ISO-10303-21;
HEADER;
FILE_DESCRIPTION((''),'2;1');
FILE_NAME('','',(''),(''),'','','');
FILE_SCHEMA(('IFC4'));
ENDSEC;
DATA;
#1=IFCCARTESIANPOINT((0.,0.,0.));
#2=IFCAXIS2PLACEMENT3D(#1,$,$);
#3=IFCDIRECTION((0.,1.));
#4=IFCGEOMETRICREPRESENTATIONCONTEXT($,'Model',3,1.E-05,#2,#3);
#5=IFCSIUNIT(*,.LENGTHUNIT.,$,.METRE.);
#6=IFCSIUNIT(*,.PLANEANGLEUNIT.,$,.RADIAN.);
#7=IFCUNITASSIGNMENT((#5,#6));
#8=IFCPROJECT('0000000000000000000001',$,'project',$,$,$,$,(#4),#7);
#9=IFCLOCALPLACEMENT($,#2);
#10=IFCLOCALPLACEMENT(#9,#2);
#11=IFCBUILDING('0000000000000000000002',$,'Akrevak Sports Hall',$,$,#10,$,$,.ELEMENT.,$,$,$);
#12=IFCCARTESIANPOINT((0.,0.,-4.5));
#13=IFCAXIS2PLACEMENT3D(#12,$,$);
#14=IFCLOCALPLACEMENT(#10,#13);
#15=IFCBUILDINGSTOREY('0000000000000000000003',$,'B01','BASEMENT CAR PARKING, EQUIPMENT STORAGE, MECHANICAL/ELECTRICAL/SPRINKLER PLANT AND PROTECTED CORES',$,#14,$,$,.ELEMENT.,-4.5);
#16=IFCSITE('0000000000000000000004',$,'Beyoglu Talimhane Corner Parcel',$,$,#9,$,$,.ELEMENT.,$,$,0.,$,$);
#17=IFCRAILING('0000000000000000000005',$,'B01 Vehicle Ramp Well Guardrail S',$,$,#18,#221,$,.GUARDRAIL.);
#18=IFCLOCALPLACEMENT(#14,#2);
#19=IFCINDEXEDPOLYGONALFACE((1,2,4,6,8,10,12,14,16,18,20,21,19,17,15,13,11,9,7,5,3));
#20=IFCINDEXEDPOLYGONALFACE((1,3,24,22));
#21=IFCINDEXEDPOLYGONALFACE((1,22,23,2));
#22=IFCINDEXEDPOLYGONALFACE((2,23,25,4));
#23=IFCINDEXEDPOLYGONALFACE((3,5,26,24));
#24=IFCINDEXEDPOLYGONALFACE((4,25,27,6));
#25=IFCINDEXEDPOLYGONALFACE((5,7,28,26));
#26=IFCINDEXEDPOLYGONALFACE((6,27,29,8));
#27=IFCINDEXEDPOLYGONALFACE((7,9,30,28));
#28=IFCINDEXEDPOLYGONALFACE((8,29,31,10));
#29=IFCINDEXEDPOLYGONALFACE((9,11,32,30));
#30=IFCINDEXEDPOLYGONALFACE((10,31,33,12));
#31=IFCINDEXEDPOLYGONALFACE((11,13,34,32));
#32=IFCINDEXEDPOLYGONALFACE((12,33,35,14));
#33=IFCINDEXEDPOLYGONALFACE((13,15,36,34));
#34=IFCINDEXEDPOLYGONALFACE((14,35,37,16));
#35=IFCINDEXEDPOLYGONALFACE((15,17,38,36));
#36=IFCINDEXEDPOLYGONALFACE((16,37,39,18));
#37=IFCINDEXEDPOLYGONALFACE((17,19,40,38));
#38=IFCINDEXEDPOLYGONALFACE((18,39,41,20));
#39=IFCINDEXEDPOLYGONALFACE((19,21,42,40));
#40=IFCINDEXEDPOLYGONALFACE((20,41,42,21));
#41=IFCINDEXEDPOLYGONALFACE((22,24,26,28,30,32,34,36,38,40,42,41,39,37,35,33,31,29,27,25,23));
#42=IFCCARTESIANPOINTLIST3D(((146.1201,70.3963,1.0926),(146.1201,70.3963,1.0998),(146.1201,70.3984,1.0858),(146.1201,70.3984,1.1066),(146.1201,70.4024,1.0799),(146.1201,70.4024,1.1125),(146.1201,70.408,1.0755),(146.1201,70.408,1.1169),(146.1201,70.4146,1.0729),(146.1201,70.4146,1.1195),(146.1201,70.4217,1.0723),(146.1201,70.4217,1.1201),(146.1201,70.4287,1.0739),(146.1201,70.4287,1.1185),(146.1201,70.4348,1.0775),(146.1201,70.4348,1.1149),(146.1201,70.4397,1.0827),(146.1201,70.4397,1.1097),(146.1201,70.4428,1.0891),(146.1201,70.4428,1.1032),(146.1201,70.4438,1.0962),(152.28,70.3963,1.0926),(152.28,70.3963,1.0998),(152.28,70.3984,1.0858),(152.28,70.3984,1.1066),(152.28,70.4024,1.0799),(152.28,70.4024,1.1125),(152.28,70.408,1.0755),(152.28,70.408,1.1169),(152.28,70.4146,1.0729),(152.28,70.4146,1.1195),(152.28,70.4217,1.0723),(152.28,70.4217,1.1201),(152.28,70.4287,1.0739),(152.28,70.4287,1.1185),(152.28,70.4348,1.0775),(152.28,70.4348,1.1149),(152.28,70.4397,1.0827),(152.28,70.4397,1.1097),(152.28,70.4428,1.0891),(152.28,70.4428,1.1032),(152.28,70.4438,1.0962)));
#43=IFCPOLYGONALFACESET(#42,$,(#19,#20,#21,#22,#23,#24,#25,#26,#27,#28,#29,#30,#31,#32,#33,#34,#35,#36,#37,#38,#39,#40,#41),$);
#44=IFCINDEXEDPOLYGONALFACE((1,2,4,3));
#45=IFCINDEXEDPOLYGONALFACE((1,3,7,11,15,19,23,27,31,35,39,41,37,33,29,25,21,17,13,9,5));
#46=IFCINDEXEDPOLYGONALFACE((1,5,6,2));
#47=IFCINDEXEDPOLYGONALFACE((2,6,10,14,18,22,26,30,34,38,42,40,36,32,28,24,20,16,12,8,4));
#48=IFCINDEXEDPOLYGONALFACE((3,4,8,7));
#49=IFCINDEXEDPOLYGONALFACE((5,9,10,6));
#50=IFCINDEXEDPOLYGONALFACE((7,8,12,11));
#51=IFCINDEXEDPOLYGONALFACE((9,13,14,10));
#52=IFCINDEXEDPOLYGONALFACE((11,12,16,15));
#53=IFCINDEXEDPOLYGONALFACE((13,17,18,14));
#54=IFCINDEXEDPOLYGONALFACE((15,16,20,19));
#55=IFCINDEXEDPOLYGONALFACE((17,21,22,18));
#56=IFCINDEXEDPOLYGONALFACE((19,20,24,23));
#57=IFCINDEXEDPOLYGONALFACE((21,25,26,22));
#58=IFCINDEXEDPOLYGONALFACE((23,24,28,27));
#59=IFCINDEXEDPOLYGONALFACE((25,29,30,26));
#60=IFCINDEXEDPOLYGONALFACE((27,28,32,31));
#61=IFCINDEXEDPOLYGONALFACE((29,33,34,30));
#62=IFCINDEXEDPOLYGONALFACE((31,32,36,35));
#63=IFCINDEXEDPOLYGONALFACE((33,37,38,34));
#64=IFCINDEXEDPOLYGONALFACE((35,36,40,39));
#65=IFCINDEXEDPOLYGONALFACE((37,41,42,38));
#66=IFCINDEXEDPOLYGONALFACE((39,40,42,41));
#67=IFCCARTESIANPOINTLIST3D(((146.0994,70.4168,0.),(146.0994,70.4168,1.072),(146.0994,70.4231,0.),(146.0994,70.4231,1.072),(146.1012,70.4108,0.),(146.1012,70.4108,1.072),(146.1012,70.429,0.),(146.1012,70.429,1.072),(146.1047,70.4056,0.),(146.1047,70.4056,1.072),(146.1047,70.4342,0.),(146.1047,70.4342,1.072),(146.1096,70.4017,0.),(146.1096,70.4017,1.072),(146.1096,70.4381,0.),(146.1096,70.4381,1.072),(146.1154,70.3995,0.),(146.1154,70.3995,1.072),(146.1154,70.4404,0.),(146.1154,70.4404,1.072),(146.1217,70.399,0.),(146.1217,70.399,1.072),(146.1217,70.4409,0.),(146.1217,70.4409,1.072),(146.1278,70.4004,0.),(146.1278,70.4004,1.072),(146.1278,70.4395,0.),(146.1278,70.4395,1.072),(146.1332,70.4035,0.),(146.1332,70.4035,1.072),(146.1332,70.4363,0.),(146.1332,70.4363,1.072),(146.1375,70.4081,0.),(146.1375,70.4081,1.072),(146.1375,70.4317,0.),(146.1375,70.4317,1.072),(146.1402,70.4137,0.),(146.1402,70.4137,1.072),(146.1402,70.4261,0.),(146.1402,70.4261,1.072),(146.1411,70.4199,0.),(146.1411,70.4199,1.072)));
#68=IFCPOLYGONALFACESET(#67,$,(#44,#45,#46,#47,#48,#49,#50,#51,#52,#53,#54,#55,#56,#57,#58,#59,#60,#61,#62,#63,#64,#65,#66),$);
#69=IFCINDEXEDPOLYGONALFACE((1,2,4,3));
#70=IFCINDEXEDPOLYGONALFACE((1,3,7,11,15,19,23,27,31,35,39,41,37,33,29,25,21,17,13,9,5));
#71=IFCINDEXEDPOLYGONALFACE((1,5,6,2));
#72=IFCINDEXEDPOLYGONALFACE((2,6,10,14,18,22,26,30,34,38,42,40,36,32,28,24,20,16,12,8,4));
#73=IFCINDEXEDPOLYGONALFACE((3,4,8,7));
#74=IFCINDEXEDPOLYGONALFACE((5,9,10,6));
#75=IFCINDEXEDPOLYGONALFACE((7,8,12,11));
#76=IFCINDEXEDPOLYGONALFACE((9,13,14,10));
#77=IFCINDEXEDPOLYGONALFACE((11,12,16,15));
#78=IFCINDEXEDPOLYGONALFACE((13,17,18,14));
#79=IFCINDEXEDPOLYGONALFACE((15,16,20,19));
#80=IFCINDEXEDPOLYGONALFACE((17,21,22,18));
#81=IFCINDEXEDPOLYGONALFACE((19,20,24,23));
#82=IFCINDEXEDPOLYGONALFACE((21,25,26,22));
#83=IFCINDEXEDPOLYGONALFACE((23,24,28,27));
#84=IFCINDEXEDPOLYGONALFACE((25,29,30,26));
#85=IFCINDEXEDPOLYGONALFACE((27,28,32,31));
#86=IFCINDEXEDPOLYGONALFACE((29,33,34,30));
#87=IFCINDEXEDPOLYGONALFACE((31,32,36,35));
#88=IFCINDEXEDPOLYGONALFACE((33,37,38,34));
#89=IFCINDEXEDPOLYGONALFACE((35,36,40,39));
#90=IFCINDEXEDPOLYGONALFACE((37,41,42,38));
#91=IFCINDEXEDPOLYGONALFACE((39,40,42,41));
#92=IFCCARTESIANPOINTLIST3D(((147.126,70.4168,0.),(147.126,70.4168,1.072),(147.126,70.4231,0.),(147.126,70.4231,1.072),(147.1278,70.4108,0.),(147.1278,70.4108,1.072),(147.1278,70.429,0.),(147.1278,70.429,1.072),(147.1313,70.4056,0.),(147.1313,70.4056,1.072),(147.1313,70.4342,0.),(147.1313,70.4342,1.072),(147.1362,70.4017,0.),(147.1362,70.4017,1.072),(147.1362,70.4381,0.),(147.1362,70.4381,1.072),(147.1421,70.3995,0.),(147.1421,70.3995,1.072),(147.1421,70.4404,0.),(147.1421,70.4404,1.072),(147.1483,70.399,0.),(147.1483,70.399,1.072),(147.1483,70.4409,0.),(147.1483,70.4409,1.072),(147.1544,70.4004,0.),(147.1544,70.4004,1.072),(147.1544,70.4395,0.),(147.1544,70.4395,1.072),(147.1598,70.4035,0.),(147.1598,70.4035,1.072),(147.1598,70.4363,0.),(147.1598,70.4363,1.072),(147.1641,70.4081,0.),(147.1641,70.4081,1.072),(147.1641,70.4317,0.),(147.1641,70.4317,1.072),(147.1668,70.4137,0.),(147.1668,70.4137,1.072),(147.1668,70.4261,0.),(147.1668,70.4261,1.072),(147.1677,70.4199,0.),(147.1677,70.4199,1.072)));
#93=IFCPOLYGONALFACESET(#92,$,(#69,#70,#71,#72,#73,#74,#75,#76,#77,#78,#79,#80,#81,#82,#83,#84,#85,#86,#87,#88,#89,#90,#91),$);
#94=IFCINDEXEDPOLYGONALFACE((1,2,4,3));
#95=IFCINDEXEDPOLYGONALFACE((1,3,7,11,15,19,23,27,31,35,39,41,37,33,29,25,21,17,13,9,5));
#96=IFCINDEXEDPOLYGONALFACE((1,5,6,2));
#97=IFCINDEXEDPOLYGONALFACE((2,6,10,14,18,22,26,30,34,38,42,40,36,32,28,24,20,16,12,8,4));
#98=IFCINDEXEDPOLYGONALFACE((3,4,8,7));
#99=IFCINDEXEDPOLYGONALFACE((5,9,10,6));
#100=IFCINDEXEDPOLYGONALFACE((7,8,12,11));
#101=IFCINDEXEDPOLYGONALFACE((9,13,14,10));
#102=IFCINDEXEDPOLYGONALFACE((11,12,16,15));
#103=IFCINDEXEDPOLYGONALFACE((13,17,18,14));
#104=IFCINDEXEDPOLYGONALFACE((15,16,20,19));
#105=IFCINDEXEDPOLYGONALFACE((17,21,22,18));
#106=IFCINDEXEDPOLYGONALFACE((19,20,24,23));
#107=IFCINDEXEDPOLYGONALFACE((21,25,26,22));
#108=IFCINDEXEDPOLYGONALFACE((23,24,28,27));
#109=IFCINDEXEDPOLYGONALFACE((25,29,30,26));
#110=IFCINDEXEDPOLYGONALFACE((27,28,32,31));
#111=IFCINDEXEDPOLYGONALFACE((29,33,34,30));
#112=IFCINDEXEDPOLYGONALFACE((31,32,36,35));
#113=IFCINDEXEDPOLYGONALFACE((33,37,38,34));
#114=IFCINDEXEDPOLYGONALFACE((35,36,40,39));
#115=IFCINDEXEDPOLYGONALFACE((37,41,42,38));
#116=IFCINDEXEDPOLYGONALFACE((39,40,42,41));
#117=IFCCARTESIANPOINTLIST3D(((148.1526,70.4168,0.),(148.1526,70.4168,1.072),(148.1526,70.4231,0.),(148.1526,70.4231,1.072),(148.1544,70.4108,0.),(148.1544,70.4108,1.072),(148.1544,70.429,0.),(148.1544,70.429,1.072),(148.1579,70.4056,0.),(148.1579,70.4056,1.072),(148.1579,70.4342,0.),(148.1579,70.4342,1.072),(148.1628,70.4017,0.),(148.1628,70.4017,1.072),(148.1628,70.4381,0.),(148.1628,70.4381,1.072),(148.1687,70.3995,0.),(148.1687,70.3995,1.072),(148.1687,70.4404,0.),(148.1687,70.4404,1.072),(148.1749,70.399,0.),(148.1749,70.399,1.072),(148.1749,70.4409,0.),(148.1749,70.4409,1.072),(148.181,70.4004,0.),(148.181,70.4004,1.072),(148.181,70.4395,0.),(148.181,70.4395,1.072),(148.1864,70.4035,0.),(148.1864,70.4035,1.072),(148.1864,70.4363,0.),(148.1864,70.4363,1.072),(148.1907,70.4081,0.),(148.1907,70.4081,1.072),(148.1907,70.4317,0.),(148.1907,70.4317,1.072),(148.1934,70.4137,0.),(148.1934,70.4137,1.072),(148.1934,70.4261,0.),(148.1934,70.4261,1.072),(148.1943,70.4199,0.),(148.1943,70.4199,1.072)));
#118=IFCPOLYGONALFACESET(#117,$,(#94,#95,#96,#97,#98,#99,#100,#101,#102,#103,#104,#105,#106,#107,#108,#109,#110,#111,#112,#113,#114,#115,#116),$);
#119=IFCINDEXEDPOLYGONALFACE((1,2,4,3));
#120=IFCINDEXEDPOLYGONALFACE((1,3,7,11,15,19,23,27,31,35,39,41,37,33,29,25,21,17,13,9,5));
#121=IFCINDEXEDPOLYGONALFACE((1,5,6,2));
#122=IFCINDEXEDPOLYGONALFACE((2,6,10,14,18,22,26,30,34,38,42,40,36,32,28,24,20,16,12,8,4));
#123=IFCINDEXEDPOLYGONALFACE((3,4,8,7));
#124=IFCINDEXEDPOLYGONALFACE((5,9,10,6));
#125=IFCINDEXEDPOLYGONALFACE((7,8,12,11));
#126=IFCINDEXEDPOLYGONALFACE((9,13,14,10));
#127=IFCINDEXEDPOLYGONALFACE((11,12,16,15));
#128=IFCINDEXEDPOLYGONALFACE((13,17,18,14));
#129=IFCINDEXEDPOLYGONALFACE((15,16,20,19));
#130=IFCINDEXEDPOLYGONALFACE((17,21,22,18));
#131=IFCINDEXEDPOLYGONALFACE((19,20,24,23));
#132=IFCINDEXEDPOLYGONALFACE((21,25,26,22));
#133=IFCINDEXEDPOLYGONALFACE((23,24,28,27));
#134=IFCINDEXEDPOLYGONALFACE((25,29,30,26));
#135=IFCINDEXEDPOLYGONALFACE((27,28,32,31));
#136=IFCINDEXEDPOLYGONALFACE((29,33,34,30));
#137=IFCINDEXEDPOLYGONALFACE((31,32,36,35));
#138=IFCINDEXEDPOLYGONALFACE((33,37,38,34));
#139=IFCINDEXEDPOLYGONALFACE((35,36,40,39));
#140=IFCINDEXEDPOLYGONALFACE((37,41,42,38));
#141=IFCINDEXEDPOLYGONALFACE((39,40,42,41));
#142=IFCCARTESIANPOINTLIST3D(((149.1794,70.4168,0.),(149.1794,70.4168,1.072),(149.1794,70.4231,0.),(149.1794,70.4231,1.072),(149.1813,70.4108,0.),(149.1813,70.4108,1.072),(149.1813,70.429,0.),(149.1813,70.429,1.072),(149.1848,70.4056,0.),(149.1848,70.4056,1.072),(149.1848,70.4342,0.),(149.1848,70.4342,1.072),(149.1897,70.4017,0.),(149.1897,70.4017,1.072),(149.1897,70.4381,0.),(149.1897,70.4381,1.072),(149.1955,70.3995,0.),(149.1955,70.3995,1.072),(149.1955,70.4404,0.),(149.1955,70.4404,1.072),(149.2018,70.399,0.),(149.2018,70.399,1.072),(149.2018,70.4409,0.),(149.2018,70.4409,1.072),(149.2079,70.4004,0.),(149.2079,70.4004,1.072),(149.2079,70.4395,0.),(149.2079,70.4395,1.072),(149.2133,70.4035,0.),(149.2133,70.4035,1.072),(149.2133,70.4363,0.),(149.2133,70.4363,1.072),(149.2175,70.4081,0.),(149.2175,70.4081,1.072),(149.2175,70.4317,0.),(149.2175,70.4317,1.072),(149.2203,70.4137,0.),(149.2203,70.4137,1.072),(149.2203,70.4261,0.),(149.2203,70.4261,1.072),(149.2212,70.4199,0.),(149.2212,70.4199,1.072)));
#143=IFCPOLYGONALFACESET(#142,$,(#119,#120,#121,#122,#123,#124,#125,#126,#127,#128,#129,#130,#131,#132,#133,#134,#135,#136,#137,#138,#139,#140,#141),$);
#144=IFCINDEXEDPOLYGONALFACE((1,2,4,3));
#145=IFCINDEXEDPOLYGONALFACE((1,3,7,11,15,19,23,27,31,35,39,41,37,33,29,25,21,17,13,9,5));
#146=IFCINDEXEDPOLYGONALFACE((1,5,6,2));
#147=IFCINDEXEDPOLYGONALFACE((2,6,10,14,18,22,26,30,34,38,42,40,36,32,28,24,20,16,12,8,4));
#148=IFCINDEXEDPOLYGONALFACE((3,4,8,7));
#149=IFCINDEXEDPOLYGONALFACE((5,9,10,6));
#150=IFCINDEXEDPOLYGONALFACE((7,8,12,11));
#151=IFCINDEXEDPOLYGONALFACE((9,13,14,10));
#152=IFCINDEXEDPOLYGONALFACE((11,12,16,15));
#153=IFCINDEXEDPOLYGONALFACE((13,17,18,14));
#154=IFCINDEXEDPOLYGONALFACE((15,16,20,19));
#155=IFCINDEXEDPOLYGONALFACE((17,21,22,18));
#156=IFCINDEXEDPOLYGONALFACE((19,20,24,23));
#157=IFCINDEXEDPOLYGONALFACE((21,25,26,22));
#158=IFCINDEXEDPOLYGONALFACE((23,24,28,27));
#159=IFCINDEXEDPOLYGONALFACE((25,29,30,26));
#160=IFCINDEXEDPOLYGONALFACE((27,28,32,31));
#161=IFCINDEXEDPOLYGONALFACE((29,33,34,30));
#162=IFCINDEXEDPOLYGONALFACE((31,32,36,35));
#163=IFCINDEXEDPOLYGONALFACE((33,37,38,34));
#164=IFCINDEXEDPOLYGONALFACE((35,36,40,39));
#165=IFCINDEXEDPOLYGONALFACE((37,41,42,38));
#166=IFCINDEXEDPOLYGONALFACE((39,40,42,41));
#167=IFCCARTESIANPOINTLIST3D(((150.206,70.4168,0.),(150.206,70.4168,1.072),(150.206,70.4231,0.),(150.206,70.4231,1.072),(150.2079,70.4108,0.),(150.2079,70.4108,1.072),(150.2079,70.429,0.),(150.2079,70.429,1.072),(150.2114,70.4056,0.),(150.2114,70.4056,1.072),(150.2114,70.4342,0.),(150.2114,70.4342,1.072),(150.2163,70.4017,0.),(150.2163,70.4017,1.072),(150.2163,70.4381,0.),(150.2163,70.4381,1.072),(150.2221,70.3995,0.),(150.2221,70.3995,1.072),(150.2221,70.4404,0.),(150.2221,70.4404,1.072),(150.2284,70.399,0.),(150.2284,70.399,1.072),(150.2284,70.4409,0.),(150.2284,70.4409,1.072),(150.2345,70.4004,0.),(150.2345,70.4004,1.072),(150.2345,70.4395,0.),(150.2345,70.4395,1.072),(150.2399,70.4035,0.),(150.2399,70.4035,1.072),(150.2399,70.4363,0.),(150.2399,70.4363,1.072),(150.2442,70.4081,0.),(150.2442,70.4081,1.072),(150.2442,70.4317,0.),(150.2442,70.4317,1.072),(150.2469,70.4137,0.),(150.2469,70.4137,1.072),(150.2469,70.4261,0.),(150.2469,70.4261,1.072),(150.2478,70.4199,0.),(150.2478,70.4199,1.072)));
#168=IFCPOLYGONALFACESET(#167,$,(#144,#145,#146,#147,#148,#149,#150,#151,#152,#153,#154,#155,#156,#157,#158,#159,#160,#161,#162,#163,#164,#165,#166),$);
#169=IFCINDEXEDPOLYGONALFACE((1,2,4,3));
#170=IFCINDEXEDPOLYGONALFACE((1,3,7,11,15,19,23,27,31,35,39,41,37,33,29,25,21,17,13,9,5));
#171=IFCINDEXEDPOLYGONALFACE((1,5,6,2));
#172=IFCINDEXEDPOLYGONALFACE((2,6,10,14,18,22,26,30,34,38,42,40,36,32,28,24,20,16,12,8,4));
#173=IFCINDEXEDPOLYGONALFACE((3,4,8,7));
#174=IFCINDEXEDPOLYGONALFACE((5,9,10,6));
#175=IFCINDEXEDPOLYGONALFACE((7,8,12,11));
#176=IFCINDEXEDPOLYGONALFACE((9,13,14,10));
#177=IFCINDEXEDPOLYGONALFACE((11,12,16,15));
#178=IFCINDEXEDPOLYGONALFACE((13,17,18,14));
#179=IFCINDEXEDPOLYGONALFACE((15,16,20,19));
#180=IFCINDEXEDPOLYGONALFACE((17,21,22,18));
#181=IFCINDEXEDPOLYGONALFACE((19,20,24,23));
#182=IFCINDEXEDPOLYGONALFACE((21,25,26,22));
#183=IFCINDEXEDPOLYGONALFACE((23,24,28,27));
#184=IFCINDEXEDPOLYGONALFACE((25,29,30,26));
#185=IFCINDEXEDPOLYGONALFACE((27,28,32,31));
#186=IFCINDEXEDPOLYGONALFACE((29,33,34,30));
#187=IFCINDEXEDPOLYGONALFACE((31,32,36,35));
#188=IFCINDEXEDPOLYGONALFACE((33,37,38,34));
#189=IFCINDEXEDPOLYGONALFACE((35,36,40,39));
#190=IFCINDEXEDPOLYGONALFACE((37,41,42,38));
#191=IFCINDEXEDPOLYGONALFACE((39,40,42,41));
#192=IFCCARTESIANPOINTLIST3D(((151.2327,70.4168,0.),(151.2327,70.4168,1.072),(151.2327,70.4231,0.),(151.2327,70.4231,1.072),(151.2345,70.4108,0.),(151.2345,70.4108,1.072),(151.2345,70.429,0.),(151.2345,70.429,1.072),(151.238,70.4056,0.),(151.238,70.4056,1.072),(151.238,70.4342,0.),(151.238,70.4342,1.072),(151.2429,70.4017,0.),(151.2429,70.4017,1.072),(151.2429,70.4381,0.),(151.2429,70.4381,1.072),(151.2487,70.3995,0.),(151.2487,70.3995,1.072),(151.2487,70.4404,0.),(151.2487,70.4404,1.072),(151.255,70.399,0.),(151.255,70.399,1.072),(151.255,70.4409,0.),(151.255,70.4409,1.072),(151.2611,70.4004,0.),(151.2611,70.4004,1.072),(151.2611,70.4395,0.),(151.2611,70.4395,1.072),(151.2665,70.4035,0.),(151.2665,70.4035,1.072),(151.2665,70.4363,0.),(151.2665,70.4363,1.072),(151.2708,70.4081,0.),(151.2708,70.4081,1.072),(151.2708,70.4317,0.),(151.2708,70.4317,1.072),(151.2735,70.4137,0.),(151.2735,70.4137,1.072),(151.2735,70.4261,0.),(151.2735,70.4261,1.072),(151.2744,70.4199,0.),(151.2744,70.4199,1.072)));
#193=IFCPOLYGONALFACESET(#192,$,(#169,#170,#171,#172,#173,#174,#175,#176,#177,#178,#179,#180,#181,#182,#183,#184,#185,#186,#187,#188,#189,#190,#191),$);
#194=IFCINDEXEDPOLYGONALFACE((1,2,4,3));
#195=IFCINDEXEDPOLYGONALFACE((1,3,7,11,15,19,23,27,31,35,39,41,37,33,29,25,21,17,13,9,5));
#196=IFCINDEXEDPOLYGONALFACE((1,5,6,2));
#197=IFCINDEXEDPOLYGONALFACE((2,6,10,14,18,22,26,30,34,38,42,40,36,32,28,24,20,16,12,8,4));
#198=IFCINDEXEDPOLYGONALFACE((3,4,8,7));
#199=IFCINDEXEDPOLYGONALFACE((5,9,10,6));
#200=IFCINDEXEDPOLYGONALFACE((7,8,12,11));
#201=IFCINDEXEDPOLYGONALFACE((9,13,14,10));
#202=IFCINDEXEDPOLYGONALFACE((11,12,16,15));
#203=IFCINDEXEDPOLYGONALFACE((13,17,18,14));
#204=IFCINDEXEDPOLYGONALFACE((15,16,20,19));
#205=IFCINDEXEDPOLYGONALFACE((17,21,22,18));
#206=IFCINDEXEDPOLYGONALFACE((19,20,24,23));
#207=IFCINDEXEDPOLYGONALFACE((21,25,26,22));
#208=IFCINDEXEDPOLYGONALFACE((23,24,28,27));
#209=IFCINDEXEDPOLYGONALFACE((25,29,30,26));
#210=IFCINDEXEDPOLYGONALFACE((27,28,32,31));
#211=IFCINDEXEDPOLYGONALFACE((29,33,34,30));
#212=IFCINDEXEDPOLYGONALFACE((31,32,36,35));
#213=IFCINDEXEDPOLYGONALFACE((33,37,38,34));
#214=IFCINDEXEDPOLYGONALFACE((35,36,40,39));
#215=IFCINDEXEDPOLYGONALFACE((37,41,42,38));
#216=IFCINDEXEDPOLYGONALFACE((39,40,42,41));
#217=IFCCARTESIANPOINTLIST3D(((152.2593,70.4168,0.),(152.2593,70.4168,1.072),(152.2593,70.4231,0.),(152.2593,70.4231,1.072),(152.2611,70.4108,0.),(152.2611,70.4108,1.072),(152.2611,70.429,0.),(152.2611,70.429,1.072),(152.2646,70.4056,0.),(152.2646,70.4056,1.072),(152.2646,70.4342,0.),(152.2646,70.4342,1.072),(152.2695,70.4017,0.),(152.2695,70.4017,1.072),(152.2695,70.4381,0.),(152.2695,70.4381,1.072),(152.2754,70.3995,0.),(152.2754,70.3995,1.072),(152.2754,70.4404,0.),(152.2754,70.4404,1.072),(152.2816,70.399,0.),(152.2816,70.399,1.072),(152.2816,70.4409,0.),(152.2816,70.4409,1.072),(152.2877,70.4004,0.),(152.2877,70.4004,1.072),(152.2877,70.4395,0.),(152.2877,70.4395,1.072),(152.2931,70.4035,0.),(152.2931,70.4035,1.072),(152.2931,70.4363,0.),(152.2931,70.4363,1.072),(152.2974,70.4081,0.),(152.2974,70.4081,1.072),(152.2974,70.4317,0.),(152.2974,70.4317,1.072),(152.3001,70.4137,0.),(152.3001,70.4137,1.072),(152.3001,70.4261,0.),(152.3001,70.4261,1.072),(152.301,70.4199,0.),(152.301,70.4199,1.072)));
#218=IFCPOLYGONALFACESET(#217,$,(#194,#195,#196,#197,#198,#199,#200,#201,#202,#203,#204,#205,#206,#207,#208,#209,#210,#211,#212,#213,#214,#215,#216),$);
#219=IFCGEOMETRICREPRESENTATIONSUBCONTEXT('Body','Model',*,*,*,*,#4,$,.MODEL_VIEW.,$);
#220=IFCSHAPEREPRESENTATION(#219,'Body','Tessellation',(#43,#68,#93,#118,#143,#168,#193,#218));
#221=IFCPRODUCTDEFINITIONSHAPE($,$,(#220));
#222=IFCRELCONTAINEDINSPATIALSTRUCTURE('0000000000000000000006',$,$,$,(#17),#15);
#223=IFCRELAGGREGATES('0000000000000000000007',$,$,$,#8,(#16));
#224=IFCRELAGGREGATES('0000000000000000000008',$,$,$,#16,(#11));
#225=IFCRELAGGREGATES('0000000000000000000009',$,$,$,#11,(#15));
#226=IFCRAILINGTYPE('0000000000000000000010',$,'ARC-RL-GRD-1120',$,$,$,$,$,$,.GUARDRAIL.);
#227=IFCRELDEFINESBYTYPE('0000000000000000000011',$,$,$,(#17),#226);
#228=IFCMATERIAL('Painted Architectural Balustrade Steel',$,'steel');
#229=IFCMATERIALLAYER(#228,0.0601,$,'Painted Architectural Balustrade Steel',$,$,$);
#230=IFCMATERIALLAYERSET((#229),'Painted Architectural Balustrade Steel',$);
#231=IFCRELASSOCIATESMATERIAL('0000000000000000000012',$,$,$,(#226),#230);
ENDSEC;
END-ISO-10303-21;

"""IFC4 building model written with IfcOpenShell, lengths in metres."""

from ifc_helpers import new_model, si_unit, direction, frame, origin, origin_2d, place, context, subcontext, project, spatial, circle, extrude, material, layer, layer_set, type_object, element, save


model = new_model("IFC4")

# Units and contexts
model_context = context("Model", 3, precision=1e-05, world=origin(), true_north=direction((0.0, 1.0)))
body_context = subcontext(model_context, "Body", "Model", "MODEL_VIEW")
ifc_project = project(units=[si_unit("LENGTHUNIT", "METRE"), si_unit("PLANEANGLEUNIT", "RADIAN")], contexts=[model_context])

# Site, building, storey
site_placement = place(None, origin())
site = spatial("IfcSite", under=ifc_project, at=site_placement, Name="Beyoglu Talimhane Corner Parcel", CompositionType="ELEMENT", RefElevation=0.0)
building_placement = place(site_placement, origin())
building = spatial("IfcBuilding", under=site, at=building_placement, Name="Akrevak Sports Hall", CompositionType="ELEMENT")
storey_placement = place(building_placement, frame((0.0, 0.0, -4.5)))
storey = spatial("IfcBuildingStorey", under=building, at=storey_placement, Name="B01", Description="BASEMENT CAR PARKING, EQUIPMENT STORAGE, MECHANICAL/ELECTRICAL/SPRINKLER PLANT AND PROTECTED CORES", CompositionType="ELEMENT", Elevation=-4.5)

# Railing
ifc_material_1 = material(Name="Painted Architectural Balustrade Steel", Category="steel")
ifc_layer_1 = layer(ifc_material_1, 0.0601, Name="Painted Architectural Balustrade Steel")
ifc_layer_set_1 = layer_set([ifc_layer_1], Name="Painted Architectural Balustrade Steel")
railing_type_1 = type_object("IfcRailingType", Name="ARC-RL-GRD-1120", PredefinedType="GUARDRAIL", material=ifc_layer_set_1)
railing_1_placement = place(storey_placement, frame((146.1201, 70.4199, 0.0)))
element("IfcRailing", 1, at=railing_1_placement, inside=storey, type_object=railing_type_1, Name="B01 Vehicle Ramp Well Guardrail S", PredefinedType="GUARDRAIL", context=body_context, shape_type="SweptSolid", body=[
    extrude(circle(Radius=0.0239, at=origin_2d()), frame((0.0, 0.0, 1.0962), z_axis=(1.0, 0.0, 0.0), x_axis=(0.0, 1.0, 0.0)), (0.0, 0.0, 1.0), 6.1599),
    extrude(circle(Radius=0.021, at=origin_2d()), origin(), (0.0, 0.0, 1.0), 1.072),
    extrude(circle(Radius=0.021, at=origin_2d()), frame((1.0266, 0.0, 0.0)), (0.0, 0.0, 1.0), 1.072),
    extrude(circle(Radius=0.021, at=origin_2d()), frame((2.0532, 0.0, 0.0)), (0.0, 0.0, 1.0), 1.072),
    extrude(circle(Radius=0.021, at=origin_2d()), frame((3.0801, 0.0, 0.0)), (0.0, 0.0, 1.0), 1.072),
    extrude(circle(Radius=0.021, at=origin_2d()), frame((4.1067, 0.0, 0.0)), (0.0, 0.0, 1.0), 1.072),
    extrude(circle(Radius=0.021, at=origin_2d()), frame((5.1333, 0.0, 0.0)), (0.0, 0.0, 1.0), 1.072),
    extrude(circle(Radius=0.021, at=origin_2d()), frame((6.1599, 0.0, 0.0)), (0.0, 0.0, 1.0), 1.072),
])

save(model, "model.ifc")
